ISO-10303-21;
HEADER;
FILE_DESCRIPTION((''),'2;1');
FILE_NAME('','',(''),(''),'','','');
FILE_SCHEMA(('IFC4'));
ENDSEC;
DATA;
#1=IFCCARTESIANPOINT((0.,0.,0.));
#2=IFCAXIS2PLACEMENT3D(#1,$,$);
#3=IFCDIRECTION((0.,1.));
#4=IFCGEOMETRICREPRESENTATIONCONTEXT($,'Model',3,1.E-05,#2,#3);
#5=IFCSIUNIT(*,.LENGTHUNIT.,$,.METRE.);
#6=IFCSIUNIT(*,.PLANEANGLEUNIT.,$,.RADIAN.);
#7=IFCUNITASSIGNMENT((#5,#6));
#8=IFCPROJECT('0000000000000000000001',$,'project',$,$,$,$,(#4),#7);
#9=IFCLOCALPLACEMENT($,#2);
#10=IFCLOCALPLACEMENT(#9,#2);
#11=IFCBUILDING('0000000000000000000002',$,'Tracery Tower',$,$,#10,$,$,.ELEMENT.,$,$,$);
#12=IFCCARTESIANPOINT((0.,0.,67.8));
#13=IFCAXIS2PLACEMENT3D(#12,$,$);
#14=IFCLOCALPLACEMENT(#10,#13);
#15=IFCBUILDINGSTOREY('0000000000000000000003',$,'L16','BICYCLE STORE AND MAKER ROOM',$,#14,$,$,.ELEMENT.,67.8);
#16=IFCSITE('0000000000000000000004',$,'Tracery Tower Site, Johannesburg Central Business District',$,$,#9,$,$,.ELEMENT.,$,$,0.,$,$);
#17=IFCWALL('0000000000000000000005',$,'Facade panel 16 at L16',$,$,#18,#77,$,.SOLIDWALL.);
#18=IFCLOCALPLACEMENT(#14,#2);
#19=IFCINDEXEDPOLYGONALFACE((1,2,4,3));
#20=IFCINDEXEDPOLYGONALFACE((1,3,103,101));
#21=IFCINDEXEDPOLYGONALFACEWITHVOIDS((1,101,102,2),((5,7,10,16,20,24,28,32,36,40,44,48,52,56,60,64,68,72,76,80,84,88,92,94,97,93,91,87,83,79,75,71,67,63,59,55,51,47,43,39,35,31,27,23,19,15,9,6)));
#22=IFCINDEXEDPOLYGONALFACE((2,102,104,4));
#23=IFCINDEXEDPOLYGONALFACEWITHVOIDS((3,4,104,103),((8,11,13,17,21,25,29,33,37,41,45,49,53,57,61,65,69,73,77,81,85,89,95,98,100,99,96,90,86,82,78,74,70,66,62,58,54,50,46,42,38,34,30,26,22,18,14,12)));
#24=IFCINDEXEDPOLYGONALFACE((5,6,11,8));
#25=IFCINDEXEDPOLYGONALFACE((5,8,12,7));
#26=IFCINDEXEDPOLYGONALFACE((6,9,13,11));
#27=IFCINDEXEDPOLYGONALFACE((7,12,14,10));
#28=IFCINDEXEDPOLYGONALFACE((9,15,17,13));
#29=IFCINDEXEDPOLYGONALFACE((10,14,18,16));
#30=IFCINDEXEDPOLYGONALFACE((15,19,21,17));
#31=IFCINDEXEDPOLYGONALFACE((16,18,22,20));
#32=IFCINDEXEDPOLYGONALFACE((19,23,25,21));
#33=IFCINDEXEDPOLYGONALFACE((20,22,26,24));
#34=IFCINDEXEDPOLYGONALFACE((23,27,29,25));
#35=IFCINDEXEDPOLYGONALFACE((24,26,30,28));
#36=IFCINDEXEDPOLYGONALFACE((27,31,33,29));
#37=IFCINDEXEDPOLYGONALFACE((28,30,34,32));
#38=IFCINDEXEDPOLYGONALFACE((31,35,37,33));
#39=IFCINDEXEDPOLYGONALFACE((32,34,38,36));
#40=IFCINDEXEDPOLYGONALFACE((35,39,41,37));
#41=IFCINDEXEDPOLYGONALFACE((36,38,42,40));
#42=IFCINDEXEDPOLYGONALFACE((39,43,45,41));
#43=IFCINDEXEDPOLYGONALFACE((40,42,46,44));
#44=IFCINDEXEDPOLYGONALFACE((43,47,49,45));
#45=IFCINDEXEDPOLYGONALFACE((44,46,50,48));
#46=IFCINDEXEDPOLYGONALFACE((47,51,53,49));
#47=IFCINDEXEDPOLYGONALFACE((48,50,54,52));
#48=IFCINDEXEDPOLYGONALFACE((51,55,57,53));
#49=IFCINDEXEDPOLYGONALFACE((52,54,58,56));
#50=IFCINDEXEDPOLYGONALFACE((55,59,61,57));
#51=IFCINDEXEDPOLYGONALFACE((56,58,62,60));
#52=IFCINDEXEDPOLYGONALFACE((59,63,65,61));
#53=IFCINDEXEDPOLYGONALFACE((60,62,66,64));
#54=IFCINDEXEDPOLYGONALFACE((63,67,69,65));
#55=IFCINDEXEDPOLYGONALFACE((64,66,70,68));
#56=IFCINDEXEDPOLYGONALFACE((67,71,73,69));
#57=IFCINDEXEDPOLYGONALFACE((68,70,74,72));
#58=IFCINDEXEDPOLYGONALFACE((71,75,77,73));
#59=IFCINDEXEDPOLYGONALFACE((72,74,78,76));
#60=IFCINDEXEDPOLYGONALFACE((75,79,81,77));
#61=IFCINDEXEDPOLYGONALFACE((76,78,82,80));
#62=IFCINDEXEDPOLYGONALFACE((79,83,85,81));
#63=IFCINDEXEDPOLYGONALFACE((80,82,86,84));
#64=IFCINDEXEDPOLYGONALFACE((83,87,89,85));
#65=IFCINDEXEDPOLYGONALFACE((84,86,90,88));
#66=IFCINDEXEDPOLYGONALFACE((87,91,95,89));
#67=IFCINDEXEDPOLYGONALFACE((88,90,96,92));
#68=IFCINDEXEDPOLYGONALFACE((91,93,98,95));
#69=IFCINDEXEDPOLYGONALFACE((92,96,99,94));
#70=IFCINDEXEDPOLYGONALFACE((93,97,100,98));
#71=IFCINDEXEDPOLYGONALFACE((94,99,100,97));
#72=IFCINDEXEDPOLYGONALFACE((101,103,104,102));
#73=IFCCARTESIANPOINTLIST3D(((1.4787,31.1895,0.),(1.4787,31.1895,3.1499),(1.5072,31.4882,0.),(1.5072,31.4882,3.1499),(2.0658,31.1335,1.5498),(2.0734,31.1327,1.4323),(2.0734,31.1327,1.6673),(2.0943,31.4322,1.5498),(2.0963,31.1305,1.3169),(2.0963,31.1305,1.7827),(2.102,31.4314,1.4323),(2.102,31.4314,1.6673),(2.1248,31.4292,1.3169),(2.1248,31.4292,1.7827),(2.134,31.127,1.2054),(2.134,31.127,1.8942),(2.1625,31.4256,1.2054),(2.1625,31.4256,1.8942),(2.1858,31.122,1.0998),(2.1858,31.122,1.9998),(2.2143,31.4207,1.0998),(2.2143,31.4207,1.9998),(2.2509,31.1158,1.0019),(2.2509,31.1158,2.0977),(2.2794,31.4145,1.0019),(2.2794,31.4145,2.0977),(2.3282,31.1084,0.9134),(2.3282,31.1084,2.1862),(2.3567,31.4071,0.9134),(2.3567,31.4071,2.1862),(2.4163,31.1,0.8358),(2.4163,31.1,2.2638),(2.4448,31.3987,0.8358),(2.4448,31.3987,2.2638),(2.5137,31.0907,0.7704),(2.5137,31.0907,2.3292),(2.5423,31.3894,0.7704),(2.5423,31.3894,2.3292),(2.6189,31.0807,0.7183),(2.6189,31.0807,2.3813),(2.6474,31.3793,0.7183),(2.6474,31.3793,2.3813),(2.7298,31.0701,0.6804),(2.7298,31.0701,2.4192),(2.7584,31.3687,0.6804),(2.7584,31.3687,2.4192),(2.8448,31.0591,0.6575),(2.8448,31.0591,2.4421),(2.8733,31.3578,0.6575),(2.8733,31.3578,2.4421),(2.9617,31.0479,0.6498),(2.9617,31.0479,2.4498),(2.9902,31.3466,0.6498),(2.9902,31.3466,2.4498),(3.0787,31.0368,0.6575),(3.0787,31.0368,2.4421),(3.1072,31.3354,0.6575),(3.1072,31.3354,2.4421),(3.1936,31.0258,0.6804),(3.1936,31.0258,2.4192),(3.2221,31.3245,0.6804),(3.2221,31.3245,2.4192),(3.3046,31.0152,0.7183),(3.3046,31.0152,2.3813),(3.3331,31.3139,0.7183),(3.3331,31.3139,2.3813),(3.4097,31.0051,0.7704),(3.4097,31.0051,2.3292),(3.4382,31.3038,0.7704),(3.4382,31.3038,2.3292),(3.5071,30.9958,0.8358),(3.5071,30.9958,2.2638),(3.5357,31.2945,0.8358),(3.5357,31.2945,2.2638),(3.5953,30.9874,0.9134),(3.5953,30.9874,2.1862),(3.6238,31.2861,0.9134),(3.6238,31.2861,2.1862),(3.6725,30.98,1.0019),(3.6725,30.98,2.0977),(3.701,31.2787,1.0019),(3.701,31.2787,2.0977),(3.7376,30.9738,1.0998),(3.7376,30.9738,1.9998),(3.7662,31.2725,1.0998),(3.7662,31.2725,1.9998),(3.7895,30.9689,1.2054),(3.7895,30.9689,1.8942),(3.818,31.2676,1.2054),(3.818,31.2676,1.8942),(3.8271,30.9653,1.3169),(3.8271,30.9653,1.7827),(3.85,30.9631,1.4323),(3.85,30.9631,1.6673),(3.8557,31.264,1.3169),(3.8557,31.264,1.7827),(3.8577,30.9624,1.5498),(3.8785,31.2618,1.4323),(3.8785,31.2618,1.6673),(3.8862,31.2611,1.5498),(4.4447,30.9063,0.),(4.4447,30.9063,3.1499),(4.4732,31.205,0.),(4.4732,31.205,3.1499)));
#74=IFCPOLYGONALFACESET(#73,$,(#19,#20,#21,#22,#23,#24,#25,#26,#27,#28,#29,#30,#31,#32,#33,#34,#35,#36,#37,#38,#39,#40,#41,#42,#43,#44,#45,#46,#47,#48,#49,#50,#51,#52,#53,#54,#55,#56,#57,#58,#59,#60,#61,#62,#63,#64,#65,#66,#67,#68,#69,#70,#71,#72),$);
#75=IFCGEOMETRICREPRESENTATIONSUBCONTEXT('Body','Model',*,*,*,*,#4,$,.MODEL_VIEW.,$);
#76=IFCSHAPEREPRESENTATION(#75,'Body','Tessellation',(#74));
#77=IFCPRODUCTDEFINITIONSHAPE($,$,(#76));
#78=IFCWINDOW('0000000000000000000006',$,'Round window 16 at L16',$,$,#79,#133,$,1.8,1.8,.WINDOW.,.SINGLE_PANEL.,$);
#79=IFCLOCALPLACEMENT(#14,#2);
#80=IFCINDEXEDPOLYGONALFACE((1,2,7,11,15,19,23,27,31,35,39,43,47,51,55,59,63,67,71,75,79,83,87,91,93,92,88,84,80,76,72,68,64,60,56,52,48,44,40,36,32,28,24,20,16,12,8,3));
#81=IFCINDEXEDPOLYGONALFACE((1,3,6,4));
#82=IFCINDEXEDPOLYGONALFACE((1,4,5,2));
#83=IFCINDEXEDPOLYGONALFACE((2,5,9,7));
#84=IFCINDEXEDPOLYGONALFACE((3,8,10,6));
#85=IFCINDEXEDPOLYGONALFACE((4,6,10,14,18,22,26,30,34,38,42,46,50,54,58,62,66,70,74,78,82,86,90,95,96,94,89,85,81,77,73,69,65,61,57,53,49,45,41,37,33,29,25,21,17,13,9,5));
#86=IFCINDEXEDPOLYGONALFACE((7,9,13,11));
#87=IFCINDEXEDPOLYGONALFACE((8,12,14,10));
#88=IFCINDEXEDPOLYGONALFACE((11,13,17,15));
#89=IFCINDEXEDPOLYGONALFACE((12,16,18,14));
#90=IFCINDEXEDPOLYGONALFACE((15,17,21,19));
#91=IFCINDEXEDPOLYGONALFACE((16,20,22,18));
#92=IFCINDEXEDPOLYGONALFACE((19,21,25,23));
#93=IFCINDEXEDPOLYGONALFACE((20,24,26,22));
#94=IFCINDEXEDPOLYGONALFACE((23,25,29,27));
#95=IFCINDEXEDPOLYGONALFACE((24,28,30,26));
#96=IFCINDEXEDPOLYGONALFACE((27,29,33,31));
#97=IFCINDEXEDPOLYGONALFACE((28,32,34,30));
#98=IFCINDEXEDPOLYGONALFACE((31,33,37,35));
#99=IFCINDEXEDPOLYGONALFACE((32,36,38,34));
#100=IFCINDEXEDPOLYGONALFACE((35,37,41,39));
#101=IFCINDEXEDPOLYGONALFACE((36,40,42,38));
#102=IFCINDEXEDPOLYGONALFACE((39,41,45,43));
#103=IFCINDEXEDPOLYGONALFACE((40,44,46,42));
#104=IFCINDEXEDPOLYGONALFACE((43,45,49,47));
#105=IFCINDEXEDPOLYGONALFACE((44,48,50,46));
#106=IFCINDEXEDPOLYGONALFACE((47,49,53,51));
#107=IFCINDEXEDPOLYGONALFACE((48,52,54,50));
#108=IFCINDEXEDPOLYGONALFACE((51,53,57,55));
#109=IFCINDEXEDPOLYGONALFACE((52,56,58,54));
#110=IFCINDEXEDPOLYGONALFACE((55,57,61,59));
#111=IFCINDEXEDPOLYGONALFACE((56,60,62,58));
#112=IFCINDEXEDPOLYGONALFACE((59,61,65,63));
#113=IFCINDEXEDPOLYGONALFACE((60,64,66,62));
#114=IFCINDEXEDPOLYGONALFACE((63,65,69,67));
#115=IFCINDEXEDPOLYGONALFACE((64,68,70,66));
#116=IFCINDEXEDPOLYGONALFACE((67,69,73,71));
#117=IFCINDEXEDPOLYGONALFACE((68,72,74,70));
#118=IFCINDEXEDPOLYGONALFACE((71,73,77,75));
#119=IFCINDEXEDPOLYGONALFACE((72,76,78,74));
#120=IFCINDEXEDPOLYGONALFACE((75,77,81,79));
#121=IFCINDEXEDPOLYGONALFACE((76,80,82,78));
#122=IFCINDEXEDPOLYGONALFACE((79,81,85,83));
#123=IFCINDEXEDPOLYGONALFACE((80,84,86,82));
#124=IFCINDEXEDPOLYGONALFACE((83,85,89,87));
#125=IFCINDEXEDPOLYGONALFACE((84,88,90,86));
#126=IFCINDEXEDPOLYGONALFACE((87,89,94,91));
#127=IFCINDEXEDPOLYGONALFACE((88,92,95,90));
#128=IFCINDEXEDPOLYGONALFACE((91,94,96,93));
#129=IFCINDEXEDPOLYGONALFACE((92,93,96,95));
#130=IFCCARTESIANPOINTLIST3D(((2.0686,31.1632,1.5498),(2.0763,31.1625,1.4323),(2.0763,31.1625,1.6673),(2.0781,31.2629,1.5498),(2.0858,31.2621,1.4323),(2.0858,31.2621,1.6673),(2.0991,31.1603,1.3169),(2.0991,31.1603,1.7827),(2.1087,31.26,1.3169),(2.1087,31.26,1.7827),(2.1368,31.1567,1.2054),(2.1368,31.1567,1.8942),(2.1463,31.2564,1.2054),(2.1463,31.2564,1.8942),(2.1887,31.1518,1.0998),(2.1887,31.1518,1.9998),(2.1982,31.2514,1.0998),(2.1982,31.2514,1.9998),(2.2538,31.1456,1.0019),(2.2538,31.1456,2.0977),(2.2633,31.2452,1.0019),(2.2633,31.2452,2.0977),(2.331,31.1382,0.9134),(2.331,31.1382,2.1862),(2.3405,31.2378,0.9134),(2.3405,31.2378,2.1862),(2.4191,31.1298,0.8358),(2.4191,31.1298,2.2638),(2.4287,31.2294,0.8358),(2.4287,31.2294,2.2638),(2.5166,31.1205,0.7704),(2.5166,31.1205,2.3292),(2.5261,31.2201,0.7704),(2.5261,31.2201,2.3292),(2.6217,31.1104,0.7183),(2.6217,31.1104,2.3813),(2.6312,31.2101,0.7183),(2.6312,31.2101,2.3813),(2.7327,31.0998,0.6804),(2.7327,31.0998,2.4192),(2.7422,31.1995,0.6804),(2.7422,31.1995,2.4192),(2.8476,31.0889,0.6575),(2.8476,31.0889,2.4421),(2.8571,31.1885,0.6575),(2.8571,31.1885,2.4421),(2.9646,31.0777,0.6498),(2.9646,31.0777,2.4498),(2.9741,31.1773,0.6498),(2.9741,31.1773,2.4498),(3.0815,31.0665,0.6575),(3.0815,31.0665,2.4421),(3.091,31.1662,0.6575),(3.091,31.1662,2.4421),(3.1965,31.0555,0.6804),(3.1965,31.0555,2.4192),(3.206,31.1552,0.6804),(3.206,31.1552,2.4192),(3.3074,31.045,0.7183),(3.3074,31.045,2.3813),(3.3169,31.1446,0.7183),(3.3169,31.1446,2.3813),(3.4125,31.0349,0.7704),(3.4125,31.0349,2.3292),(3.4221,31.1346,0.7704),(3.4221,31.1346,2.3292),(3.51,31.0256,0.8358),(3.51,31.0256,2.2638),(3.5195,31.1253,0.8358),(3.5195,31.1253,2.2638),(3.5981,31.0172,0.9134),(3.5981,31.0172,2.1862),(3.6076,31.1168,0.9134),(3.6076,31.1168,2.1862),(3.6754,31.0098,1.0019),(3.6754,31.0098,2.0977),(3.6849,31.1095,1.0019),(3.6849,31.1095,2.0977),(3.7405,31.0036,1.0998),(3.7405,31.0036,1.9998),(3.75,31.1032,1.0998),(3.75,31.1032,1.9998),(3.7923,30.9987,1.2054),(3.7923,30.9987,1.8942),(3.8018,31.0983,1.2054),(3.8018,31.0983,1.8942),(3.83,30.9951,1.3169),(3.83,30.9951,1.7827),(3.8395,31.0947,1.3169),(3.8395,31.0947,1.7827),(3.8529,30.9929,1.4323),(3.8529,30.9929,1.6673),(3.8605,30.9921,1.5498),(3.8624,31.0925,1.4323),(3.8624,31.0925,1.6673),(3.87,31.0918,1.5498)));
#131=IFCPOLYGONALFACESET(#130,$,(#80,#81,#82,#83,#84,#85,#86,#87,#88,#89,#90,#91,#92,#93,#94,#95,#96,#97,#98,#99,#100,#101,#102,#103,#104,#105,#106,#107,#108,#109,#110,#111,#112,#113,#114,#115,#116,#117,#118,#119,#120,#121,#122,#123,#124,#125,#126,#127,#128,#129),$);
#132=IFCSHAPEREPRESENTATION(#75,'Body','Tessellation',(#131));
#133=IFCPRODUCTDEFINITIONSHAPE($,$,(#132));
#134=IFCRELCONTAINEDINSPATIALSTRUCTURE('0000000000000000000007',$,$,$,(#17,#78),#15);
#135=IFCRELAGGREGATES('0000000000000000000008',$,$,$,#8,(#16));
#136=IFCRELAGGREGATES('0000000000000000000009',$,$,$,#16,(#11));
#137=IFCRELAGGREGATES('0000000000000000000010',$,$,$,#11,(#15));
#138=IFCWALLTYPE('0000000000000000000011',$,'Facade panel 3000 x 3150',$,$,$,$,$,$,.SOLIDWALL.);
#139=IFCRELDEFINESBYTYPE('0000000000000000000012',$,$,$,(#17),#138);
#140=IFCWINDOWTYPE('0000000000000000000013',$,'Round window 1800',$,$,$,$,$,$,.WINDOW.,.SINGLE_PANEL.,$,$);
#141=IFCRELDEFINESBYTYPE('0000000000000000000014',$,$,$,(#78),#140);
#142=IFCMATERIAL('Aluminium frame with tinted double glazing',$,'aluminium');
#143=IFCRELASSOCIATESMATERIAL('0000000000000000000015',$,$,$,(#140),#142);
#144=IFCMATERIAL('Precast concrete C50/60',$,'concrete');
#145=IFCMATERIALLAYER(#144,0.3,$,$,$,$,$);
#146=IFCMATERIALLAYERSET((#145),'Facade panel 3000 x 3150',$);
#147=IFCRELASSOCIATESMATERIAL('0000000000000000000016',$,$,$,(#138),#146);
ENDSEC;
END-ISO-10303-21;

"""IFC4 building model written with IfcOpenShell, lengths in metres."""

from ifc_helpers import new_model, si_unit, direction, frame, frame_2d, origin, origin_2d, place, context, subcontext, project, spatial, rectangle, circle, extrude, material, layer, layer_set, type_object, element, fill, save


model = new_model("IFC4")

# Units and contexts
model_context = context("Model", 3, precision=1e-05, world=origin(), true_north=direction((0.0, 1.0)))
body_context = subcontext(model_context, "Body", "Model", "MODEL_VIEW")
ifc_project = project(units=[si_unit("LENGTHUNIT", "METRE"), si_unit("PLANEANGLEUNIT", "RADIAN")], contexts=[model_context])

# Site, building, storey
site_placement = place(None, origin())
site = spatial("IfcSite", under=ifc_project, at=site_placement, Name="Tracery Tower Site, Johannesburg Central Business District", CompositionType="ELEMENT", RefElevation=0.0)
building_placement = place(site_placement, origin())
building = spatial("IfcBuilding", under=site, at=building_placement, Name="Tracery Tower", CompositionType="ELEMENT")
storey_placement = place(building_placement, frame((0.0, 0.0, 67.8)))
storey = spatial("IfcBuildingStorey", under=building, at=storey_placement, Name="L16", Description="BICYCLE STORE AND MAKER ROOM", CompositionType="ELEMENT", Elevation=67.8)

# Wall, opening, window
ifc_material_1 = material(Name="Aluminium frame with tinted double glazing", Category="aluminium")
window_type = type_object("IfcWindowType", Name="Round window 1800", PartitioningType="SINGLE_PANEL", PredefinedType="WINDOW", material=ifc_material_1)
ifc_material_2 = material(Name="Precast concrete C50/60", Category="concrete")
ifc_layer_1 = layer(ifc_material_2, 0.3)
ifc_layer_set_1 = layer_set([ifc_layer_1], Name="Facade panel 3000 x 3150")
wall_type_1 = type_object("IfcWallType", Name="Facade panel 3000 x 3150", PredefinedType="SOLIDWALL", material=ifc_layer_set_1)
wall_1_placement = place(storey_placement, frame((4.459, 31.0557, 0.0), z_axis=(0.0, 0.0, 1.0), x_axis=(-0.995473, 0.095049, 0.0)))
wall_1 = element("IfcWall", 1, at=wall_1_placement, inside=storey, type_object=wall_type_1, Name="Facade panel 16 at L16", PredefinedType="SOLIDWALL", context=body_context, shape_type="SweptSolid", body=[
    extrude(rectangle(XDim=2.9795, YDim=0.3, at=frame_2d((1.4897, 0.0))), origin(), (0.0, 0.0, 1.0), 3.1499),
])
opening_1_placement = place(wall_1_placement, frame((1.4897, 0.0, 1.5498)))
opening_1 = element("IfcOpeningElement", 2, at=opening_1_placement, cuts=wall_1, PredefinedType="OPENING", context=body_context, shape_type="SweptSolid", body=[
    extrude(circle(Radius=0.9, at=origin_2d()), frame((0.0, 0.1599, 0.0), z_axis=(0.0, -1.0, 0.0), x_axis=(1.0, 0.0, 0.0)), (0.0, 0.0, 1.0), 0.3201),
])
window_1_placement = place(opening_1_placement, origin())
window_1 = element("IfcWindow", 3, at=window_1_placement, inside=storey, type_object=window_type, Name="Round window 16 at L16", OverallHeight=1.8, OverallWidth=1.8, PartitioningType="SINGLE_PANEL", PredefinedType="WINDOW", context=body_context, shape_type="SweptSolid", body=[
    extrude(circle(Radius=0.9, at=origin_2d()), frame((0.0, 0.1201, 0.0), z_axis=(0.0, -1.0, 0.0), x_axis=(1.0, 0.0, 0.0)), (0.0, 0.0, 1.0), 0.1001),
])
fill(opening_1, window_1)

save(model, "model.ifc")
